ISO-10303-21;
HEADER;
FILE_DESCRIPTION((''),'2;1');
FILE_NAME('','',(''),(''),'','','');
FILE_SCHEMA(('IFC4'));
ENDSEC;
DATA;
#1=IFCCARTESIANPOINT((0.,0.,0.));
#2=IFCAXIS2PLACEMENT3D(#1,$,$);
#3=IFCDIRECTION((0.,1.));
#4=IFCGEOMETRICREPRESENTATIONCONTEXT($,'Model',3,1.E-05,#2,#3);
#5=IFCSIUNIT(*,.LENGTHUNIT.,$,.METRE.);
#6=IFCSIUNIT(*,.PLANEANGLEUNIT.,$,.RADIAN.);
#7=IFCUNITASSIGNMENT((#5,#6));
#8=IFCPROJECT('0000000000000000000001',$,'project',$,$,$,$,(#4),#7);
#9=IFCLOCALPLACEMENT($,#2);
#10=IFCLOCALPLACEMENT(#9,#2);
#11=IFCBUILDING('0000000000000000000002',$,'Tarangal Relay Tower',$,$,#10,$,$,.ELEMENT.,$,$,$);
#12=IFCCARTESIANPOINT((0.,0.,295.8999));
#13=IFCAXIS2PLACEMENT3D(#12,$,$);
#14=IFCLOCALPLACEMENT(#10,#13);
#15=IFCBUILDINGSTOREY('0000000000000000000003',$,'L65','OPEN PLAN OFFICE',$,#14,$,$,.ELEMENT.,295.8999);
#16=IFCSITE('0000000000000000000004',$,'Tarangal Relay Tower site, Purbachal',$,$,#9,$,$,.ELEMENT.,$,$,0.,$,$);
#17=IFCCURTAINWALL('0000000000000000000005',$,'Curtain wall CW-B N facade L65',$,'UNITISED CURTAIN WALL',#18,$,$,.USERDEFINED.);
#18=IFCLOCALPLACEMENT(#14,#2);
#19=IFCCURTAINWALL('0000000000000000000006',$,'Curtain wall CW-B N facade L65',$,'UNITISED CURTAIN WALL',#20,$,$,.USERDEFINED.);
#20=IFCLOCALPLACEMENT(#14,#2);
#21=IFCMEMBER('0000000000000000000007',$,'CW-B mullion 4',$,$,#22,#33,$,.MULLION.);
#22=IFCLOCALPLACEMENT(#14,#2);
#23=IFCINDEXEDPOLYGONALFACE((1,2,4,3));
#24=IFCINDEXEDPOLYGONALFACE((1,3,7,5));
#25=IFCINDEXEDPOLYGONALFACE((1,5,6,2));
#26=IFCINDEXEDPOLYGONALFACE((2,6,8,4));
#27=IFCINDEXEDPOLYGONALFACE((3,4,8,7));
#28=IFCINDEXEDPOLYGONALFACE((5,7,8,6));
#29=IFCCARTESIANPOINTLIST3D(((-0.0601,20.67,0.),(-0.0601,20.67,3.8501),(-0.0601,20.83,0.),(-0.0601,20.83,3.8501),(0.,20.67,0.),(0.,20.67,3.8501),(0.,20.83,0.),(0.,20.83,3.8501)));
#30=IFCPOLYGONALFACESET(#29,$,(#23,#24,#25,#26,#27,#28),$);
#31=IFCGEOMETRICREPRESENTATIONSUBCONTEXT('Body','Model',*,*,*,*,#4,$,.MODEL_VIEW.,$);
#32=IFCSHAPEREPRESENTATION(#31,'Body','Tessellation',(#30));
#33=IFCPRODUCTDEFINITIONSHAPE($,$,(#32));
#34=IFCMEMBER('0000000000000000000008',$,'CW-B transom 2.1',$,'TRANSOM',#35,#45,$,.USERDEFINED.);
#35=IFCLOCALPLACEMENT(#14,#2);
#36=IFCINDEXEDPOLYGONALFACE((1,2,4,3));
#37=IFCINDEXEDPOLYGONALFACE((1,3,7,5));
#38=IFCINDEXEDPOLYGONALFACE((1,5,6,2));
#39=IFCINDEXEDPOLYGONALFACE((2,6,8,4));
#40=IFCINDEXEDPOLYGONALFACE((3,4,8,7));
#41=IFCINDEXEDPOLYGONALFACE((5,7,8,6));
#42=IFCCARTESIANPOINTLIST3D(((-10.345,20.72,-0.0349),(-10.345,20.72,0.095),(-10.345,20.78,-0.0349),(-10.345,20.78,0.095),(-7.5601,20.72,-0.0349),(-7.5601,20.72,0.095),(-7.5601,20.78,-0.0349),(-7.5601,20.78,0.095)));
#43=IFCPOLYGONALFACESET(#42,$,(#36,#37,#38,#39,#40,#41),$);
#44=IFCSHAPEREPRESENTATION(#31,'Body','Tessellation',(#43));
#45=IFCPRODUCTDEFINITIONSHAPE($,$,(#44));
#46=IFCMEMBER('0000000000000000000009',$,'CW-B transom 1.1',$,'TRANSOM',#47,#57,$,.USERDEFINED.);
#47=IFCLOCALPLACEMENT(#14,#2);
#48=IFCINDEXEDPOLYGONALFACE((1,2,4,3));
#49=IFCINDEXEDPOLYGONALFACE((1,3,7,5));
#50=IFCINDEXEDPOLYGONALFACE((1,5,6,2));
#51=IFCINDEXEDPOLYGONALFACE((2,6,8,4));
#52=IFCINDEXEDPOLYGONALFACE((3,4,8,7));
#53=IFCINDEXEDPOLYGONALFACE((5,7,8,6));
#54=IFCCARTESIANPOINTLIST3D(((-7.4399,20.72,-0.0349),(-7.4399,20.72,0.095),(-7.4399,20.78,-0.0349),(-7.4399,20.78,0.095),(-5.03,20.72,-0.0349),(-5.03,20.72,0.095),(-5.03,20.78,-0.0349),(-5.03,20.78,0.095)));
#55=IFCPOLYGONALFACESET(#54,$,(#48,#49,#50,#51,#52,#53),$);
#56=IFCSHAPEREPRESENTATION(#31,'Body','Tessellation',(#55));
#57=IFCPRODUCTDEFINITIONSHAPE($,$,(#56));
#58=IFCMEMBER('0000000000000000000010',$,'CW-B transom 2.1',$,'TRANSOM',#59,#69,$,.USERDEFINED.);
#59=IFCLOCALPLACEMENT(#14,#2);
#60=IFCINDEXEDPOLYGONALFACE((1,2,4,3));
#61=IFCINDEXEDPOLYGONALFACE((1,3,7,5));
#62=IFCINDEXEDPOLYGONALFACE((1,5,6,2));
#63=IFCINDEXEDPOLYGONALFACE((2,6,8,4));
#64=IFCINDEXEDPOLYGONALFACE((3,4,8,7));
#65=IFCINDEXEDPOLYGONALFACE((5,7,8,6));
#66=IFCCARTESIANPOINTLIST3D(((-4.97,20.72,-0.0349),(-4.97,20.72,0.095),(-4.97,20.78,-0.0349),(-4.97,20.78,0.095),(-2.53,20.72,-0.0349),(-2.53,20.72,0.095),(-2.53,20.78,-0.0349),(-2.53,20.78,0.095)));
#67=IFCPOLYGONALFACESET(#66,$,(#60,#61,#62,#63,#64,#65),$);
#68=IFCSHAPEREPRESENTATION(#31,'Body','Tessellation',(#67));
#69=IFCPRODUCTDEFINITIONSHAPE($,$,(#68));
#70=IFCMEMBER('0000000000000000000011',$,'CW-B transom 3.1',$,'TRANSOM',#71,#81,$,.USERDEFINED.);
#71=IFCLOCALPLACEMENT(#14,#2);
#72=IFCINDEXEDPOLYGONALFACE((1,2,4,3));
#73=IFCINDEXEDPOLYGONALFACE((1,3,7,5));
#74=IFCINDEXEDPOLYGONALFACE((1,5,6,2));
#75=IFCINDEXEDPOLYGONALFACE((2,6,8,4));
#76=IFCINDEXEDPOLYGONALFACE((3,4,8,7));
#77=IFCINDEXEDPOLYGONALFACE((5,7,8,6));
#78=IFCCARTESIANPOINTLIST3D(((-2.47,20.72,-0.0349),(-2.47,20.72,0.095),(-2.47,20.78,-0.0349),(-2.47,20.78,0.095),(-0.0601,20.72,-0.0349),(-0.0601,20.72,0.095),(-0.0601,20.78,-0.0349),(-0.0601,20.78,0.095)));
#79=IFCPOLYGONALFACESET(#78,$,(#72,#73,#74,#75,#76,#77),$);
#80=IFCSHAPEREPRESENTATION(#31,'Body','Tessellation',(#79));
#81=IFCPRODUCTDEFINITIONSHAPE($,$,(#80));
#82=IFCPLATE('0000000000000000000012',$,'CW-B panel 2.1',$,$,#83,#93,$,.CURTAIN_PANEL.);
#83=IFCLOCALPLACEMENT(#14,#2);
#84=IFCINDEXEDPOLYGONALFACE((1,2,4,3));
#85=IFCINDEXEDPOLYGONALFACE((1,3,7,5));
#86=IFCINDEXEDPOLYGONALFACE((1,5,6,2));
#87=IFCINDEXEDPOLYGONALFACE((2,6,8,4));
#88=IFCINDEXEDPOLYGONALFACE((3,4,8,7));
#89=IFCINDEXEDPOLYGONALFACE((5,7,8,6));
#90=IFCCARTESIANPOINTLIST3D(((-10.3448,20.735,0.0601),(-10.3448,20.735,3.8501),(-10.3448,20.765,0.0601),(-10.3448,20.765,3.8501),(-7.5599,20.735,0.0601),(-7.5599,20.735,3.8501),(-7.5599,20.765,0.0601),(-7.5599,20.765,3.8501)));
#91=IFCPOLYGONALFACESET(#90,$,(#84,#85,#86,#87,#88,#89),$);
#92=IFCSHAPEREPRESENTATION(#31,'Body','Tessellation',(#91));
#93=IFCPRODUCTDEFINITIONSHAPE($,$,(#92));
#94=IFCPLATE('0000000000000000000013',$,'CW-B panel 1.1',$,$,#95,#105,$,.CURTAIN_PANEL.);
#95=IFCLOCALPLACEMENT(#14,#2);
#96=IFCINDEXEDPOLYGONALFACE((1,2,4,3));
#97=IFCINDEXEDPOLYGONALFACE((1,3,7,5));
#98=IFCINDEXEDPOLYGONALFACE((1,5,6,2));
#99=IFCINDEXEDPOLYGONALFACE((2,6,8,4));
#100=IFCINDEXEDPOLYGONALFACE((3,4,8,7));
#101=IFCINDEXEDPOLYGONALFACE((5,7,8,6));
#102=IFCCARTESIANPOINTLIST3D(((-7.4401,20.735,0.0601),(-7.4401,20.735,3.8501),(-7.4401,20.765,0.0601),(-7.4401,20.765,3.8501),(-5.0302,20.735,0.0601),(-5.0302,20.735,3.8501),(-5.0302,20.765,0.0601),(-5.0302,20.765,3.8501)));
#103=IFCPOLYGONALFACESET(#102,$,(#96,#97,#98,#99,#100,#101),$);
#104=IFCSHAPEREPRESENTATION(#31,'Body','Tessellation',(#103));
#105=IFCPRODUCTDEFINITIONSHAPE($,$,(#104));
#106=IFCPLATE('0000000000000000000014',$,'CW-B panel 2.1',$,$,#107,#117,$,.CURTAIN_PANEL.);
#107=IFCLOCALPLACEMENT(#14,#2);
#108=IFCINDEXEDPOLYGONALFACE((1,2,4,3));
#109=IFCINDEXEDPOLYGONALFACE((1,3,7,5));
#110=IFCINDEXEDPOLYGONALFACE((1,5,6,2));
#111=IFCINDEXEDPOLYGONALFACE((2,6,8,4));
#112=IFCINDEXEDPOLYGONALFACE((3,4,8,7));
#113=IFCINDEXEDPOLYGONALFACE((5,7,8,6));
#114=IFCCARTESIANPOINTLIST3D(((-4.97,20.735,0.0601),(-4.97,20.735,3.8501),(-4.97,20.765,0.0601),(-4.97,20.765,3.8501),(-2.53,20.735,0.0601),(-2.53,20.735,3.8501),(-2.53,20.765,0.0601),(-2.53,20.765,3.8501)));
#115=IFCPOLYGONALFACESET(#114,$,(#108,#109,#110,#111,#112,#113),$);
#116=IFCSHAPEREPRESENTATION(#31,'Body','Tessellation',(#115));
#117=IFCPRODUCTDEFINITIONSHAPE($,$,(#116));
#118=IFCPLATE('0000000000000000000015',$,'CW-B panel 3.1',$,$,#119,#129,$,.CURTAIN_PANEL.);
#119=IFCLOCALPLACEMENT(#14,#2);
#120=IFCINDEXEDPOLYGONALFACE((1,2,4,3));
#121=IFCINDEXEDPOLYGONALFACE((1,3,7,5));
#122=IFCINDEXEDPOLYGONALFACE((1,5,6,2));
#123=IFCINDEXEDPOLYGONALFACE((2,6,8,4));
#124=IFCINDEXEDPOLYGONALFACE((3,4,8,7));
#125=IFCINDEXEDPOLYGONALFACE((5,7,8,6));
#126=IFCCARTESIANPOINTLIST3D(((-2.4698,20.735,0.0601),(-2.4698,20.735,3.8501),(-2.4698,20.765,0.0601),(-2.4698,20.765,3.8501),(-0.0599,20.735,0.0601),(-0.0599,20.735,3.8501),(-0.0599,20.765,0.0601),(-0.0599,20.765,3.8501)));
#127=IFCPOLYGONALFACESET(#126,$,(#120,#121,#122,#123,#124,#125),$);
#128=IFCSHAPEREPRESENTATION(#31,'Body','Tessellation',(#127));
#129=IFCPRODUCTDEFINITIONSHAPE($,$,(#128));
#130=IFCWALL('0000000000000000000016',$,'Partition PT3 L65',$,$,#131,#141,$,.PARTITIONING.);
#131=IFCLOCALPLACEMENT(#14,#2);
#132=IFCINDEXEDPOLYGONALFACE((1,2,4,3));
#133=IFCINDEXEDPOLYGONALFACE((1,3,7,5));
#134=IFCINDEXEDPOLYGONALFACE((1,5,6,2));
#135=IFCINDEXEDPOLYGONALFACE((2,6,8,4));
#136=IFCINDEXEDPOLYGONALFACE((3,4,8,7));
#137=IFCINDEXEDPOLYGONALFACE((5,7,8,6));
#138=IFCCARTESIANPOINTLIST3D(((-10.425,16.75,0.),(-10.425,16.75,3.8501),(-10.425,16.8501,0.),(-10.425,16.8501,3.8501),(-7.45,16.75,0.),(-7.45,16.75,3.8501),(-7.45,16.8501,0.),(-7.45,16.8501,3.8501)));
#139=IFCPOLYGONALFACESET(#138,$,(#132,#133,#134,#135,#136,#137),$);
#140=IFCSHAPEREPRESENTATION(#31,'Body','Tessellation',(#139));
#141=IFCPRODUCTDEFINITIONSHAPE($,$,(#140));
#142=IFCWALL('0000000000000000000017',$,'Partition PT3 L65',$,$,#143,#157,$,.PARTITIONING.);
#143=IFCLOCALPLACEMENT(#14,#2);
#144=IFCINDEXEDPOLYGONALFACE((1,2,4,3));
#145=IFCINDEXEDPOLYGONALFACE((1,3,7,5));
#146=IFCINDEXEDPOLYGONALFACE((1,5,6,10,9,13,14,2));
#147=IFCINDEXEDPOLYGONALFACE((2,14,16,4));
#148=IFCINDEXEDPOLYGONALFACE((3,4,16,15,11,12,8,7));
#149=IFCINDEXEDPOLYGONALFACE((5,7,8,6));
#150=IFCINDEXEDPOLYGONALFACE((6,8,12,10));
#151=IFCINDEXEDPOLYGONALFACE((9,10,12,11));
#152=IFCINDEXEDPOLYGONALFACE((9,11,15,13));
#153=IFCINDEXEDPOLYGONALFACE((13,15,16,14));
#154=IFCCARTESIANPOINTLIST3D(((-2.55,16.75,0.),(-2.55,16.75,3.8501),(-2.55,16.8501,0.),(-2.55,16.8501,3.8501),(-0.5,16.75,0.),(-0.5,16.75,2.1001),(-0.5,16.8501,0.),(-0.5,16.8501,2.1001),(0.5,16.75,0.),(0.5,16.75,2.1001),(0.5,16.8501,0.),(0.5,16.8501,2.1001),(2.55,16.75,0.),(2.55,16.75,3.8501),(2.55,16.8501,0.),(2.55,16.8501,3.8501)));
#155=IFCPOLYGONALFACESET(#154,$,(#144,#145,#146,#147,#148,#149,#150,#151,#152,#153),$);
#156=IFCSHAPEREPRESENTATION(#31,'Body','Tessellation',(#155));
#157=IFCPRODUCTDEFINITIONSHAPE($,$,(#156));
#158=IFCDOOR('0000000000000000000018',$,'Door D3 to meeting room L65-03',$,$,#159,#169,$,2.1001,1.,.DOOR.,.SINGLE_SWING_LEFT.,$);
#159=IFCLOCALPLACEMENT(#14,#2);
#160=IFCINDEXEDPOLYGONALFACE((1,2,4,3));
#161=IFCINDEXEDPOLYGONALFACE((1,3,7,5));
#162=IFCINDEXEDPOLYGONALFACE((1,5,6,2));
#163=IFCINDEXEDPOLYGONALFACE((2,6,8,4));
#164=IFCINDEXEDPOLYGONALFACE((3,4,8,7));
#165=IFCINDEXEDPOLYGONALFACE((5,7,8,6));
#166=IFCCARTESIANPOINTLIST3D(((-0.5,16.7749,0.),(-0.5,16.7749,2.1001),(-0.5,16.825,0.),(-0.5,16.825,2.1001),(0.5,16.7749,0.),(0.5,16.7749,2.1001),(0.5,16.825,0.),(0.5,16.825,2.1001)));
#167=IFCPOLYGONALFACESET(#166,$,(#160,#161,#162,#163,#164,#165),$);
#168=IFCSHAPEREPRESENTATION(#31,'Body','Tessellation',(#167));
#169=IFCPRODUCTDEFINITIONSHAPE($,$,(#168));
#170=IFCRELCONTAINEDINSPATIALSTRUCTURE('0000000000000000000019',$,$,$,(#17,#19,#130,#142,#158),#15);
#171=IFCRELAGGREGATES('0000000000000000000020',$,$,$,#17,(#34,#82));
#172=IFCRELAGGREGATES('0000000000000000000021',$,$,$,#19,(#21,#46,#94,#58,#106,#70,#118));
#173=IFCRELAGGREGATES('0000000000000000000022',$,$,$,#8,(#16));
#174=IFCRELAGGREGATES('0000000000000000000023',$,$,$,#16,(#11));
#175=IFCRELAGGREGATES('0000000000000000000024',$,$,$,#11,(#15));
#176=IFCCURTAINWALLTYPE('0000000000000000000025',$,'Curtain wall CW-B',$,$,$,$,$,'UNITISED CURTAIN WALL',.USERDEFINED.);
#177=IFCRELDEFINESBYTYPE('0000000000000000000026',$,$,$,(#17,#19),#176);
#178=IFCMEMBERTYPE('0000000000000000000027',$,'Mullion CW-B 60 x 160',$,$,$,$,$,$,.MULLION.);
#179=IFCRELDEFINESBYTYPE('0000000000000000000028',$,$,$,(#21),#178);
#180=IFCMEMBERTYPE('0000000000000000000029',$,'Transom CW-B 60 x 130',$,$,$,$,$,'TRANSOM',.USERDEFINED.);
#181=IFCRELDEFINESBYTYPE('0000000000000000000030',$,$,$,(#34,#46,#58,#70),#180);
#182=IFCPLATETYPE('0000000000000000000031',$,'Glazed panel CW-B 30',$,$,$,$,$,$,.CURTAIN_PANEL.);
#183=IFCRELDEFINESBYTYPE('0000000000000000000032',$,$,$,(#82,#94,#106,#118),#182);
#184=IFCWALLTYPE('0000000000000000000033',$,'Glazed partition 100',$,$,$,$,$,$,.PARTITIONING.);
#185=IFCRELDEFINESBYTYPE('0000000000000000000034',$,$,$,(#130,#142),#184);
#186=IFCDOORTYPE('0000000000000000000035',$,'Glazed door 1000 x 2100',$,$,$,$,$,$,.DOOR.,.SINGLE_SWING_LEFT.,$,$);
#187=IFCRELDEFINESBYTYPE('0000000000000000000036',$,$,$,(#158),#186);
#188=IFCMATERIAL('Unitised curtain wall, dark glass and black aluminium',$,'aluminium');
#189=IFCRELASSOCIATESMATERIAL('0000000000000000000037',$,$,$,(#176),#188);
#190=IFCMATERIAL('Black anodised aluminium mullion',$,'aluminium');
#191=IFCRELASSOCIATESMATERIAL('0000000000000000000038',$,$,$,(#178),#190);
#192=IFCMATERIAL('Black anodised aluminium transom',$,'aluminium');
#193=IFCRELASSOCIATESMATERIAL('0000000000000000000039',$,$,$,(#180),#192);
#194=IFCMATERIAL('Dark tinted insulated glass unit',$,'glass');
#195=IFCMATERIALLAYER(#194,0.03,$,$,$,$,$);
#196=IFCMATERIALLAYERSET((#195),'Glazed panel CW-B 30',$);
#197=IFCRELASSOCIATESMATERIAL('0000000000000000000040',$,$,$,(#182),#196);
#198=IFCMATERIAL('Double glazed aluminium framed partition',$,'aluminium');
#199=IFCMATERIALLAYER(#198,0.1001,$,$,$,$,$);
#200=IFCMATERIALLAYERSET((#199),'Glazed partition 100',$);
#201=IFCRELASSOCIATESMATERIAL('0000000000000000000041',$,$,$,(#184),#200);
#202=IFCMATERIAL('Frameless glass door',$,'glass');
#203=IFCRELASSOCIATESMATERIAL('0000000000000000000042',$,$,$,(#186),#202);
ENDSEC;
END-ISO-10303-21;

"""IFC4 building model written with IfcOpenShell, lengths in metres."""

from ifc_helpers import new_model, si_unit, direction, frame, frame_2d, origin, origin_2d, place, context, subcontext, project, spatial, rectangle, extrude, material, layer, layer_set, material_profile, profile_set, type_object, element, fill, aggregate, save


model = new_model("IFC4")

# Units and contexts
model_context = context("Model", 3, precision=1e-05, world=origin(), true_north=direction((0.0, 1.0)))
body_context = subcontext(model_context, "Body", "Model", "MODEL_VIEW")
ifc_project = project(units=[si_unit("LENGTHUNIT", "METRE"), si_unit("PLANEANGLEUNIT", "RADIAN")], contexts=[model_context])

# Site, building, storey
site_placement = place(None, origin())
site = spatial("IfcSite", under=ifc_project, at=site_placement, Name="Tarangal Relay Tower site, Purbachal", CompositionType="ELEMENT", RefElevation=0.0)
building_placement = place(site_placement, origin())
building = spatial("IfcBuilding", under=site, at=building_placement, Name="Tarangal Relay Tower", CompositionType="ELEMENT")
storey_placement = place(building_placement, frame((0.0, 0.0, 295.8999)))
storey = spatial("IfcBuildingStorey", under=building, at=storey_placement, Name="L65", Description="OPEN PLAN OFFICE", CompositionType="ELEMENT", Elevation=295.8999)

# Curtain walls, member
ifc_material_1 = material(Name="Unitised curtain wall, dark glass and black aluminium", Category="aluminium")
curtain_wall_type = type_object("IfcCurtainWallType", Name="Curtain wall CW-B", ElementType="UNITISED CURTAIN WALL", PredefinedType="USERDEFINED", material=ifc_material_1)
curtain_wall_1_placement = place(storey_placement, origin())
curtain_wall_1 = element("IfcCurtainWall", 1, at=curtain_wall_1_placement, inside=storey, type_object=curtain_wall_type, Name="Curtain wall CW-B N facade L65", ObjectType="UNITISED CURTAIN WALL", PredefinedType="USERDEFINED")
ifc_material_2 = material(Name="Black anodised aluminium mullion", Category="aluminium")
ifc_material_profile_1 = material_profile(ifc_material_2, rectangle(XDim=0.1599, YDim=0.0601, at=origin_2d()), Name="CW-BM 60X160")
ifc_profile_set_1 = profile_set([ifc_material_profile_1], Name="Black anodised aluminium mullion")
member_type_1 = type_object("IfcMemberType", Name="Mullion CW-B 60 x 160", PredefinedType="MULLION", material=ifc_profile_set_1)
curtain_wall_2_placement = place(storey_placement, origin())
curtain_wall_2 = element("IfcCurtainWall", 2, at=curtain_wall_2_placement, inside=storey, type_object=curtain_wall_type, Name="Curtain wall CW-B N facade L65", ObjectType="UNITISED CURTAIN WALL", PredefinedType="USERDEFINED")
member_1_placement = place(storey_placement, frame((-0.03, 20.75, 0.0), z_axis=(0.0, 0.0, 1.0), x_axis=(0.0, 1.0, 0.0)))
member_1 = element("IfcMember", 3, at=member_1_placement, type_object=member_type_1, Name="CW-B mullion 4", PredefinedType="MULLION", context=body_context, shape_type="SweptSolid", body=[
    extrude(rectangle(XDim=0.1599, YDim=0.0601, at=origin_2d()), origin(), (0.0, 0.0, 1.0), 3.8501),
])

# Members
ifc_material_3 = material(Name="Black anodised aluminium transom", Category="aluminium")
ifc_material_profile_2 = material_profile(ifc_material_3, rectangle(XDim=0.0601, YDim=0.1299, at=origin_2d()), Name="CW-BT 60X130")
ifc_profile_set_2 = profile_set([ifc_material_profile_2], Name="Black anodised aluminium transom")
member_type_2 = type_object("IfcMemberType", Name="Transom CW-B 60 x 130", ElementType="TRANSOM", PredefinedType="USERDEFINED", material=ifc_profile_set_2)
member_2_placement = place(storey_placement, frame((-10.345, 20.75, 0.03), z_axis=(1.0, 0.0, 0.0), x_axis=(0.0, 1.0, 0.0)))
member_2 = element("IfcMember", 4, at=member_2_placement, type_object=member_type_2, Name="CW-B transom 2.1", ObjectType="TRANSOM", PredefinedType="USERDEFINED", context=body_context, shape_type="SweptSolid", body=[
    extrude(rectangle(XDim=0.0601, YDim=0.1299, at=origin_2d()), origin(), (0.0, 0.0, 1.0), 2.7849),
])
member_3_placement = place(storey_placement, frame((-7.4399, 20.75, 0.03), z_axis=(1.0, 0.0, 0.0), x_axis=(0.0, 1.0, 0.0)))
member_3 = element("IfcMember", 5, at=member_3_placement, type_object=member_type_2, Name="CW-B transom 1.1", ObjectType="TRANSOM", PredefinedType="USERDEFINED", context=body_context, shape_type="SweptSolid", body=[
    extrude(rectangle(XDim=0.0601, YDim=0.1299, at=origin_2d()), origin(), (0.0, 0.0, 1.0), 2.4099),
])
member_4_placement = place(storey_placement, frame((-4.97, 20.75, 0.03), z_axis=(1.0, 0.0, 0.0), x_axis=(0.0, 1.0, 0.0)))
member_4 = element("IfcMember", 6, at=member_4_placement, type_object=member_type_2, Name="CW-B transom 2.1", ObjectType="TRANSOM", PredefinedType="USERDEFINED", context=body_context, shape_type="SweptSolid", body=[
    extrude(rectangle(XDim=0.0601, YDim=0.1299, at=origin_2d()), origin(), (0.0, 0.0, 1.0), 2.4399),
])
member_5_placement = place(storey_placement, frame((-2.47, 20.75, 0.03), z_axis=(1.0, 0.0, 0.0), x_axis=(0.0, 1.0, 0.0)))
member_5 = element("IfcMember", 7, at=member_5_placement, type_object=member_type_2, Name="CW-B transom 3.1", ObjectType="TRANSOM", PredefinedType="USERDEFINED", context=body_context, shape_type="SweptSolid", body=[
    extrude(rectangle(XDim=0.0601, YDim=0.1299, at=origin_2d()), origin(), (0.0, 0.0, 1.0), 2.4099),
])

# Plates
ifc_material_4 = material(Name="Dark tinted insulated glass unit", Category="glass")
ifc_layer_1 = layer(ifc_material_4, 0.03)
ifc_layer_set_1 = layer_set([ifc_layer_1], Name="Glazed panel CW-B 30")
plate_type = type_object("IfcPlateType", Name="Glazed panel CW-B 30", PredefinedType="CURTAIN_PANEL", material=ifc_layer_set_1)
plate_1_placement = place(storey_placement, frame((-8.9524, 20.75, 0.0601), z_axis=(0.0, 0.0, 1.0), x_axis=(1.0, 0.0, 0.0)))
plate_1 = element("IfcPlate", 8, at=plate_1_placement, type_object=plate_type, Name="CW-B panel 2.1", PredefinedType="CURTAIN_PANEL", context=body_context, shape_type="SweptSolid", body=[
    extrude(rectangle(XDim=2.7849, YDim=0.03, at=origin_2d()), origin(), (0.0, 0.0, 1.0), 3.79),
])
aggregate(curtain_wall_1, [member_2, plate_1])
plate_2_placement = place(storey_placement, frame((-6.2351, 20.75, 0.0601), z_axis=(0.0, 0.0, 1.0), x_axis=(1.0, 0.0, 0.0)))
plate_2 = element("IfcPlate", 9, at=plate_2_placement, type_object=plate_type, Name="CW-B panel 1.1", PredefinedType="CURTAIN_PANEL", context=body_context, shape_type="SweptSolid", body=[
    extrude(rectangle(XDim=2.4099, YDim=0.03, at=origin_2d()), origin(), (0.0, 0.0, 1.0), 3.79),
])
plate_3_placement = place(storey_placement, frame((-3.75, 20.75, 0.0601), z_axis=(0.0, 0.0, 1.0), x_axis=(1.0, 0.0, 0.0)))
plate_3 = element("IfcPlate", 10, at=plate_3_placement, type_object=plate_type, Name="CW-B panel 2.1", PredefinedType="CURTAIN_PANEL", context=body_context, shape_type="SweptSolid", body=[
    extrude(rectangle(XDim=2.4399, YDim=0.03, at=origin_2d()), origin(), (0.0, 0.0, 1.0), 3.79),
])
plate_4_placement = place(storey_placement, frame((-1.2649, 20.75, 0.0601), z_axis=(0.0, 0.0, 1.0), x_axis=(1.0, 0.0, 0.0)))
plate_4 = element("IfcPlate", 11, at=plate_4_placement, type_object=plate_type, Name="CW-B panel 3.1", PredefinedType="CURTAIN_PANEL", context=body_context, shape_type="SweptSolid", body=[
    extrude(rectangle(XDim=2.4099, YDim=0.03, at=origin_2d()), origin(), (0.0, 0.0, 1.0), 3.79),
])
aggregate(curtain_wall_2, [member_1, member_3, plate_2, member_4, plate_3, member_5, plate_4])

# Wall
ifc_material_5 = material(Name="Double glazed aluminium framed partition", Category="aluminium")
ifc_layer_2 = layer(ifc_material_5, 0.1001)
ifc_layer_set_2 = layer_set([ifc_layer_2], Name="Glazed partition 100")
wall_type = type_object("IfcWallType", Name="Glazed partition 100", PredefinedType="PARTITIONING", material=ifc_layer_set_2)
wall_1_placement = place(storey_placement, frame((-10.425, 16.8, 0.0), z_axis=(0.0, 0.0, 1.0), x_axis=(1.0, 0.0, 0.0)))
element("IfcWall", 12, at=wall_1_placement, inside=storey, type_object=wall_type, Name="Partition PT3 L65", PredefinedType="PARTITIONING", context=body_context, shape_type="SweptSolid", body=[
    extrude(rectangle(XDim=2.9751, YDim=0.1001, at=frame_2d((1.4875, 0.0))), origin(), (0.0, 0.0, 1.0), 3.8501),
])

# Wall, opening, door
wall_2_placement = place(storey_placement, frame((-2.55, 16.8, 0.0), z_axis=(0.0, 0.0, 1.0), x_axis=(1.0, 0.0, 0.0)))
wall_2 = element("IfcWall", 13, at=wall_2_placement, inside=storey, type_object=wall_type, Name="Partition PT3 L65", PredefinedType="PARTITIONING", context=body_context, shape_type="SweptSolid", body=[
    extrude(rectangle(XDim=5.1001, YDim=0.1001, at=frame_2d((2.55, 0.0))), origin(), (0.0, 0.0, 1.0), 3.8501),
])
opening_1_placement = place(wall_2_placement, frame((2.05, 0.0, 0.0)))
opening_1 = element("IfcOpeningElement", 14, at=opening_1_placement, cuts=wall_2, PredefinedType="OPENING", context=body_context, shape_type="SweptSolid", body=[
    extrude(rectangle(XDim=1.0, YDim=2.1001, at=frame_2d((0.5, 1.05))), frame((0.0, 0.0601, 0.0), z_axis=(0.0, -1.0, 0.0), x_axis=(1.0, 0.0, 0.0)), (0.0, 0.0, 1.0), 0.1201),
])
ifc_material_6 = material(Name="Frameless glass door", Category="glass")
door_type = type_object("IfcDoorType", Name="Glazed door 1000 x 2100", OperationType="SINGLE_SWING_LEFT", PredefinedType="DOOR", material=ifc_material_6)
door_1_placement = place(opening_1_placement, origin())
door_1 = element("IfcDoor", 15, at=door_1_placement, inside=storey, type_object=door_type, Name="Door D3 to meeting room L65-03", OperationType="SINGLE_SWING_LEFT", OverallHeight=2.1001, OverallWidth=1.0, PredefinedType="DOOR", context=body_context, shape_type="SweptSolid", body=[
    extrude(rectangle(XDim=1.0, YDim=2.1001, at=frame_2d((0.5, 1.05))), frame((0.0, 0.0249, 0.0), z_axis=(0.0, -1.0, 0.0), x_axis=(1.0, 0.0, 0.0)), (0.0, 0.0, 1.0), 0.05),
])
fill(opening_1, door_1)

save(model, "model.ifc")
